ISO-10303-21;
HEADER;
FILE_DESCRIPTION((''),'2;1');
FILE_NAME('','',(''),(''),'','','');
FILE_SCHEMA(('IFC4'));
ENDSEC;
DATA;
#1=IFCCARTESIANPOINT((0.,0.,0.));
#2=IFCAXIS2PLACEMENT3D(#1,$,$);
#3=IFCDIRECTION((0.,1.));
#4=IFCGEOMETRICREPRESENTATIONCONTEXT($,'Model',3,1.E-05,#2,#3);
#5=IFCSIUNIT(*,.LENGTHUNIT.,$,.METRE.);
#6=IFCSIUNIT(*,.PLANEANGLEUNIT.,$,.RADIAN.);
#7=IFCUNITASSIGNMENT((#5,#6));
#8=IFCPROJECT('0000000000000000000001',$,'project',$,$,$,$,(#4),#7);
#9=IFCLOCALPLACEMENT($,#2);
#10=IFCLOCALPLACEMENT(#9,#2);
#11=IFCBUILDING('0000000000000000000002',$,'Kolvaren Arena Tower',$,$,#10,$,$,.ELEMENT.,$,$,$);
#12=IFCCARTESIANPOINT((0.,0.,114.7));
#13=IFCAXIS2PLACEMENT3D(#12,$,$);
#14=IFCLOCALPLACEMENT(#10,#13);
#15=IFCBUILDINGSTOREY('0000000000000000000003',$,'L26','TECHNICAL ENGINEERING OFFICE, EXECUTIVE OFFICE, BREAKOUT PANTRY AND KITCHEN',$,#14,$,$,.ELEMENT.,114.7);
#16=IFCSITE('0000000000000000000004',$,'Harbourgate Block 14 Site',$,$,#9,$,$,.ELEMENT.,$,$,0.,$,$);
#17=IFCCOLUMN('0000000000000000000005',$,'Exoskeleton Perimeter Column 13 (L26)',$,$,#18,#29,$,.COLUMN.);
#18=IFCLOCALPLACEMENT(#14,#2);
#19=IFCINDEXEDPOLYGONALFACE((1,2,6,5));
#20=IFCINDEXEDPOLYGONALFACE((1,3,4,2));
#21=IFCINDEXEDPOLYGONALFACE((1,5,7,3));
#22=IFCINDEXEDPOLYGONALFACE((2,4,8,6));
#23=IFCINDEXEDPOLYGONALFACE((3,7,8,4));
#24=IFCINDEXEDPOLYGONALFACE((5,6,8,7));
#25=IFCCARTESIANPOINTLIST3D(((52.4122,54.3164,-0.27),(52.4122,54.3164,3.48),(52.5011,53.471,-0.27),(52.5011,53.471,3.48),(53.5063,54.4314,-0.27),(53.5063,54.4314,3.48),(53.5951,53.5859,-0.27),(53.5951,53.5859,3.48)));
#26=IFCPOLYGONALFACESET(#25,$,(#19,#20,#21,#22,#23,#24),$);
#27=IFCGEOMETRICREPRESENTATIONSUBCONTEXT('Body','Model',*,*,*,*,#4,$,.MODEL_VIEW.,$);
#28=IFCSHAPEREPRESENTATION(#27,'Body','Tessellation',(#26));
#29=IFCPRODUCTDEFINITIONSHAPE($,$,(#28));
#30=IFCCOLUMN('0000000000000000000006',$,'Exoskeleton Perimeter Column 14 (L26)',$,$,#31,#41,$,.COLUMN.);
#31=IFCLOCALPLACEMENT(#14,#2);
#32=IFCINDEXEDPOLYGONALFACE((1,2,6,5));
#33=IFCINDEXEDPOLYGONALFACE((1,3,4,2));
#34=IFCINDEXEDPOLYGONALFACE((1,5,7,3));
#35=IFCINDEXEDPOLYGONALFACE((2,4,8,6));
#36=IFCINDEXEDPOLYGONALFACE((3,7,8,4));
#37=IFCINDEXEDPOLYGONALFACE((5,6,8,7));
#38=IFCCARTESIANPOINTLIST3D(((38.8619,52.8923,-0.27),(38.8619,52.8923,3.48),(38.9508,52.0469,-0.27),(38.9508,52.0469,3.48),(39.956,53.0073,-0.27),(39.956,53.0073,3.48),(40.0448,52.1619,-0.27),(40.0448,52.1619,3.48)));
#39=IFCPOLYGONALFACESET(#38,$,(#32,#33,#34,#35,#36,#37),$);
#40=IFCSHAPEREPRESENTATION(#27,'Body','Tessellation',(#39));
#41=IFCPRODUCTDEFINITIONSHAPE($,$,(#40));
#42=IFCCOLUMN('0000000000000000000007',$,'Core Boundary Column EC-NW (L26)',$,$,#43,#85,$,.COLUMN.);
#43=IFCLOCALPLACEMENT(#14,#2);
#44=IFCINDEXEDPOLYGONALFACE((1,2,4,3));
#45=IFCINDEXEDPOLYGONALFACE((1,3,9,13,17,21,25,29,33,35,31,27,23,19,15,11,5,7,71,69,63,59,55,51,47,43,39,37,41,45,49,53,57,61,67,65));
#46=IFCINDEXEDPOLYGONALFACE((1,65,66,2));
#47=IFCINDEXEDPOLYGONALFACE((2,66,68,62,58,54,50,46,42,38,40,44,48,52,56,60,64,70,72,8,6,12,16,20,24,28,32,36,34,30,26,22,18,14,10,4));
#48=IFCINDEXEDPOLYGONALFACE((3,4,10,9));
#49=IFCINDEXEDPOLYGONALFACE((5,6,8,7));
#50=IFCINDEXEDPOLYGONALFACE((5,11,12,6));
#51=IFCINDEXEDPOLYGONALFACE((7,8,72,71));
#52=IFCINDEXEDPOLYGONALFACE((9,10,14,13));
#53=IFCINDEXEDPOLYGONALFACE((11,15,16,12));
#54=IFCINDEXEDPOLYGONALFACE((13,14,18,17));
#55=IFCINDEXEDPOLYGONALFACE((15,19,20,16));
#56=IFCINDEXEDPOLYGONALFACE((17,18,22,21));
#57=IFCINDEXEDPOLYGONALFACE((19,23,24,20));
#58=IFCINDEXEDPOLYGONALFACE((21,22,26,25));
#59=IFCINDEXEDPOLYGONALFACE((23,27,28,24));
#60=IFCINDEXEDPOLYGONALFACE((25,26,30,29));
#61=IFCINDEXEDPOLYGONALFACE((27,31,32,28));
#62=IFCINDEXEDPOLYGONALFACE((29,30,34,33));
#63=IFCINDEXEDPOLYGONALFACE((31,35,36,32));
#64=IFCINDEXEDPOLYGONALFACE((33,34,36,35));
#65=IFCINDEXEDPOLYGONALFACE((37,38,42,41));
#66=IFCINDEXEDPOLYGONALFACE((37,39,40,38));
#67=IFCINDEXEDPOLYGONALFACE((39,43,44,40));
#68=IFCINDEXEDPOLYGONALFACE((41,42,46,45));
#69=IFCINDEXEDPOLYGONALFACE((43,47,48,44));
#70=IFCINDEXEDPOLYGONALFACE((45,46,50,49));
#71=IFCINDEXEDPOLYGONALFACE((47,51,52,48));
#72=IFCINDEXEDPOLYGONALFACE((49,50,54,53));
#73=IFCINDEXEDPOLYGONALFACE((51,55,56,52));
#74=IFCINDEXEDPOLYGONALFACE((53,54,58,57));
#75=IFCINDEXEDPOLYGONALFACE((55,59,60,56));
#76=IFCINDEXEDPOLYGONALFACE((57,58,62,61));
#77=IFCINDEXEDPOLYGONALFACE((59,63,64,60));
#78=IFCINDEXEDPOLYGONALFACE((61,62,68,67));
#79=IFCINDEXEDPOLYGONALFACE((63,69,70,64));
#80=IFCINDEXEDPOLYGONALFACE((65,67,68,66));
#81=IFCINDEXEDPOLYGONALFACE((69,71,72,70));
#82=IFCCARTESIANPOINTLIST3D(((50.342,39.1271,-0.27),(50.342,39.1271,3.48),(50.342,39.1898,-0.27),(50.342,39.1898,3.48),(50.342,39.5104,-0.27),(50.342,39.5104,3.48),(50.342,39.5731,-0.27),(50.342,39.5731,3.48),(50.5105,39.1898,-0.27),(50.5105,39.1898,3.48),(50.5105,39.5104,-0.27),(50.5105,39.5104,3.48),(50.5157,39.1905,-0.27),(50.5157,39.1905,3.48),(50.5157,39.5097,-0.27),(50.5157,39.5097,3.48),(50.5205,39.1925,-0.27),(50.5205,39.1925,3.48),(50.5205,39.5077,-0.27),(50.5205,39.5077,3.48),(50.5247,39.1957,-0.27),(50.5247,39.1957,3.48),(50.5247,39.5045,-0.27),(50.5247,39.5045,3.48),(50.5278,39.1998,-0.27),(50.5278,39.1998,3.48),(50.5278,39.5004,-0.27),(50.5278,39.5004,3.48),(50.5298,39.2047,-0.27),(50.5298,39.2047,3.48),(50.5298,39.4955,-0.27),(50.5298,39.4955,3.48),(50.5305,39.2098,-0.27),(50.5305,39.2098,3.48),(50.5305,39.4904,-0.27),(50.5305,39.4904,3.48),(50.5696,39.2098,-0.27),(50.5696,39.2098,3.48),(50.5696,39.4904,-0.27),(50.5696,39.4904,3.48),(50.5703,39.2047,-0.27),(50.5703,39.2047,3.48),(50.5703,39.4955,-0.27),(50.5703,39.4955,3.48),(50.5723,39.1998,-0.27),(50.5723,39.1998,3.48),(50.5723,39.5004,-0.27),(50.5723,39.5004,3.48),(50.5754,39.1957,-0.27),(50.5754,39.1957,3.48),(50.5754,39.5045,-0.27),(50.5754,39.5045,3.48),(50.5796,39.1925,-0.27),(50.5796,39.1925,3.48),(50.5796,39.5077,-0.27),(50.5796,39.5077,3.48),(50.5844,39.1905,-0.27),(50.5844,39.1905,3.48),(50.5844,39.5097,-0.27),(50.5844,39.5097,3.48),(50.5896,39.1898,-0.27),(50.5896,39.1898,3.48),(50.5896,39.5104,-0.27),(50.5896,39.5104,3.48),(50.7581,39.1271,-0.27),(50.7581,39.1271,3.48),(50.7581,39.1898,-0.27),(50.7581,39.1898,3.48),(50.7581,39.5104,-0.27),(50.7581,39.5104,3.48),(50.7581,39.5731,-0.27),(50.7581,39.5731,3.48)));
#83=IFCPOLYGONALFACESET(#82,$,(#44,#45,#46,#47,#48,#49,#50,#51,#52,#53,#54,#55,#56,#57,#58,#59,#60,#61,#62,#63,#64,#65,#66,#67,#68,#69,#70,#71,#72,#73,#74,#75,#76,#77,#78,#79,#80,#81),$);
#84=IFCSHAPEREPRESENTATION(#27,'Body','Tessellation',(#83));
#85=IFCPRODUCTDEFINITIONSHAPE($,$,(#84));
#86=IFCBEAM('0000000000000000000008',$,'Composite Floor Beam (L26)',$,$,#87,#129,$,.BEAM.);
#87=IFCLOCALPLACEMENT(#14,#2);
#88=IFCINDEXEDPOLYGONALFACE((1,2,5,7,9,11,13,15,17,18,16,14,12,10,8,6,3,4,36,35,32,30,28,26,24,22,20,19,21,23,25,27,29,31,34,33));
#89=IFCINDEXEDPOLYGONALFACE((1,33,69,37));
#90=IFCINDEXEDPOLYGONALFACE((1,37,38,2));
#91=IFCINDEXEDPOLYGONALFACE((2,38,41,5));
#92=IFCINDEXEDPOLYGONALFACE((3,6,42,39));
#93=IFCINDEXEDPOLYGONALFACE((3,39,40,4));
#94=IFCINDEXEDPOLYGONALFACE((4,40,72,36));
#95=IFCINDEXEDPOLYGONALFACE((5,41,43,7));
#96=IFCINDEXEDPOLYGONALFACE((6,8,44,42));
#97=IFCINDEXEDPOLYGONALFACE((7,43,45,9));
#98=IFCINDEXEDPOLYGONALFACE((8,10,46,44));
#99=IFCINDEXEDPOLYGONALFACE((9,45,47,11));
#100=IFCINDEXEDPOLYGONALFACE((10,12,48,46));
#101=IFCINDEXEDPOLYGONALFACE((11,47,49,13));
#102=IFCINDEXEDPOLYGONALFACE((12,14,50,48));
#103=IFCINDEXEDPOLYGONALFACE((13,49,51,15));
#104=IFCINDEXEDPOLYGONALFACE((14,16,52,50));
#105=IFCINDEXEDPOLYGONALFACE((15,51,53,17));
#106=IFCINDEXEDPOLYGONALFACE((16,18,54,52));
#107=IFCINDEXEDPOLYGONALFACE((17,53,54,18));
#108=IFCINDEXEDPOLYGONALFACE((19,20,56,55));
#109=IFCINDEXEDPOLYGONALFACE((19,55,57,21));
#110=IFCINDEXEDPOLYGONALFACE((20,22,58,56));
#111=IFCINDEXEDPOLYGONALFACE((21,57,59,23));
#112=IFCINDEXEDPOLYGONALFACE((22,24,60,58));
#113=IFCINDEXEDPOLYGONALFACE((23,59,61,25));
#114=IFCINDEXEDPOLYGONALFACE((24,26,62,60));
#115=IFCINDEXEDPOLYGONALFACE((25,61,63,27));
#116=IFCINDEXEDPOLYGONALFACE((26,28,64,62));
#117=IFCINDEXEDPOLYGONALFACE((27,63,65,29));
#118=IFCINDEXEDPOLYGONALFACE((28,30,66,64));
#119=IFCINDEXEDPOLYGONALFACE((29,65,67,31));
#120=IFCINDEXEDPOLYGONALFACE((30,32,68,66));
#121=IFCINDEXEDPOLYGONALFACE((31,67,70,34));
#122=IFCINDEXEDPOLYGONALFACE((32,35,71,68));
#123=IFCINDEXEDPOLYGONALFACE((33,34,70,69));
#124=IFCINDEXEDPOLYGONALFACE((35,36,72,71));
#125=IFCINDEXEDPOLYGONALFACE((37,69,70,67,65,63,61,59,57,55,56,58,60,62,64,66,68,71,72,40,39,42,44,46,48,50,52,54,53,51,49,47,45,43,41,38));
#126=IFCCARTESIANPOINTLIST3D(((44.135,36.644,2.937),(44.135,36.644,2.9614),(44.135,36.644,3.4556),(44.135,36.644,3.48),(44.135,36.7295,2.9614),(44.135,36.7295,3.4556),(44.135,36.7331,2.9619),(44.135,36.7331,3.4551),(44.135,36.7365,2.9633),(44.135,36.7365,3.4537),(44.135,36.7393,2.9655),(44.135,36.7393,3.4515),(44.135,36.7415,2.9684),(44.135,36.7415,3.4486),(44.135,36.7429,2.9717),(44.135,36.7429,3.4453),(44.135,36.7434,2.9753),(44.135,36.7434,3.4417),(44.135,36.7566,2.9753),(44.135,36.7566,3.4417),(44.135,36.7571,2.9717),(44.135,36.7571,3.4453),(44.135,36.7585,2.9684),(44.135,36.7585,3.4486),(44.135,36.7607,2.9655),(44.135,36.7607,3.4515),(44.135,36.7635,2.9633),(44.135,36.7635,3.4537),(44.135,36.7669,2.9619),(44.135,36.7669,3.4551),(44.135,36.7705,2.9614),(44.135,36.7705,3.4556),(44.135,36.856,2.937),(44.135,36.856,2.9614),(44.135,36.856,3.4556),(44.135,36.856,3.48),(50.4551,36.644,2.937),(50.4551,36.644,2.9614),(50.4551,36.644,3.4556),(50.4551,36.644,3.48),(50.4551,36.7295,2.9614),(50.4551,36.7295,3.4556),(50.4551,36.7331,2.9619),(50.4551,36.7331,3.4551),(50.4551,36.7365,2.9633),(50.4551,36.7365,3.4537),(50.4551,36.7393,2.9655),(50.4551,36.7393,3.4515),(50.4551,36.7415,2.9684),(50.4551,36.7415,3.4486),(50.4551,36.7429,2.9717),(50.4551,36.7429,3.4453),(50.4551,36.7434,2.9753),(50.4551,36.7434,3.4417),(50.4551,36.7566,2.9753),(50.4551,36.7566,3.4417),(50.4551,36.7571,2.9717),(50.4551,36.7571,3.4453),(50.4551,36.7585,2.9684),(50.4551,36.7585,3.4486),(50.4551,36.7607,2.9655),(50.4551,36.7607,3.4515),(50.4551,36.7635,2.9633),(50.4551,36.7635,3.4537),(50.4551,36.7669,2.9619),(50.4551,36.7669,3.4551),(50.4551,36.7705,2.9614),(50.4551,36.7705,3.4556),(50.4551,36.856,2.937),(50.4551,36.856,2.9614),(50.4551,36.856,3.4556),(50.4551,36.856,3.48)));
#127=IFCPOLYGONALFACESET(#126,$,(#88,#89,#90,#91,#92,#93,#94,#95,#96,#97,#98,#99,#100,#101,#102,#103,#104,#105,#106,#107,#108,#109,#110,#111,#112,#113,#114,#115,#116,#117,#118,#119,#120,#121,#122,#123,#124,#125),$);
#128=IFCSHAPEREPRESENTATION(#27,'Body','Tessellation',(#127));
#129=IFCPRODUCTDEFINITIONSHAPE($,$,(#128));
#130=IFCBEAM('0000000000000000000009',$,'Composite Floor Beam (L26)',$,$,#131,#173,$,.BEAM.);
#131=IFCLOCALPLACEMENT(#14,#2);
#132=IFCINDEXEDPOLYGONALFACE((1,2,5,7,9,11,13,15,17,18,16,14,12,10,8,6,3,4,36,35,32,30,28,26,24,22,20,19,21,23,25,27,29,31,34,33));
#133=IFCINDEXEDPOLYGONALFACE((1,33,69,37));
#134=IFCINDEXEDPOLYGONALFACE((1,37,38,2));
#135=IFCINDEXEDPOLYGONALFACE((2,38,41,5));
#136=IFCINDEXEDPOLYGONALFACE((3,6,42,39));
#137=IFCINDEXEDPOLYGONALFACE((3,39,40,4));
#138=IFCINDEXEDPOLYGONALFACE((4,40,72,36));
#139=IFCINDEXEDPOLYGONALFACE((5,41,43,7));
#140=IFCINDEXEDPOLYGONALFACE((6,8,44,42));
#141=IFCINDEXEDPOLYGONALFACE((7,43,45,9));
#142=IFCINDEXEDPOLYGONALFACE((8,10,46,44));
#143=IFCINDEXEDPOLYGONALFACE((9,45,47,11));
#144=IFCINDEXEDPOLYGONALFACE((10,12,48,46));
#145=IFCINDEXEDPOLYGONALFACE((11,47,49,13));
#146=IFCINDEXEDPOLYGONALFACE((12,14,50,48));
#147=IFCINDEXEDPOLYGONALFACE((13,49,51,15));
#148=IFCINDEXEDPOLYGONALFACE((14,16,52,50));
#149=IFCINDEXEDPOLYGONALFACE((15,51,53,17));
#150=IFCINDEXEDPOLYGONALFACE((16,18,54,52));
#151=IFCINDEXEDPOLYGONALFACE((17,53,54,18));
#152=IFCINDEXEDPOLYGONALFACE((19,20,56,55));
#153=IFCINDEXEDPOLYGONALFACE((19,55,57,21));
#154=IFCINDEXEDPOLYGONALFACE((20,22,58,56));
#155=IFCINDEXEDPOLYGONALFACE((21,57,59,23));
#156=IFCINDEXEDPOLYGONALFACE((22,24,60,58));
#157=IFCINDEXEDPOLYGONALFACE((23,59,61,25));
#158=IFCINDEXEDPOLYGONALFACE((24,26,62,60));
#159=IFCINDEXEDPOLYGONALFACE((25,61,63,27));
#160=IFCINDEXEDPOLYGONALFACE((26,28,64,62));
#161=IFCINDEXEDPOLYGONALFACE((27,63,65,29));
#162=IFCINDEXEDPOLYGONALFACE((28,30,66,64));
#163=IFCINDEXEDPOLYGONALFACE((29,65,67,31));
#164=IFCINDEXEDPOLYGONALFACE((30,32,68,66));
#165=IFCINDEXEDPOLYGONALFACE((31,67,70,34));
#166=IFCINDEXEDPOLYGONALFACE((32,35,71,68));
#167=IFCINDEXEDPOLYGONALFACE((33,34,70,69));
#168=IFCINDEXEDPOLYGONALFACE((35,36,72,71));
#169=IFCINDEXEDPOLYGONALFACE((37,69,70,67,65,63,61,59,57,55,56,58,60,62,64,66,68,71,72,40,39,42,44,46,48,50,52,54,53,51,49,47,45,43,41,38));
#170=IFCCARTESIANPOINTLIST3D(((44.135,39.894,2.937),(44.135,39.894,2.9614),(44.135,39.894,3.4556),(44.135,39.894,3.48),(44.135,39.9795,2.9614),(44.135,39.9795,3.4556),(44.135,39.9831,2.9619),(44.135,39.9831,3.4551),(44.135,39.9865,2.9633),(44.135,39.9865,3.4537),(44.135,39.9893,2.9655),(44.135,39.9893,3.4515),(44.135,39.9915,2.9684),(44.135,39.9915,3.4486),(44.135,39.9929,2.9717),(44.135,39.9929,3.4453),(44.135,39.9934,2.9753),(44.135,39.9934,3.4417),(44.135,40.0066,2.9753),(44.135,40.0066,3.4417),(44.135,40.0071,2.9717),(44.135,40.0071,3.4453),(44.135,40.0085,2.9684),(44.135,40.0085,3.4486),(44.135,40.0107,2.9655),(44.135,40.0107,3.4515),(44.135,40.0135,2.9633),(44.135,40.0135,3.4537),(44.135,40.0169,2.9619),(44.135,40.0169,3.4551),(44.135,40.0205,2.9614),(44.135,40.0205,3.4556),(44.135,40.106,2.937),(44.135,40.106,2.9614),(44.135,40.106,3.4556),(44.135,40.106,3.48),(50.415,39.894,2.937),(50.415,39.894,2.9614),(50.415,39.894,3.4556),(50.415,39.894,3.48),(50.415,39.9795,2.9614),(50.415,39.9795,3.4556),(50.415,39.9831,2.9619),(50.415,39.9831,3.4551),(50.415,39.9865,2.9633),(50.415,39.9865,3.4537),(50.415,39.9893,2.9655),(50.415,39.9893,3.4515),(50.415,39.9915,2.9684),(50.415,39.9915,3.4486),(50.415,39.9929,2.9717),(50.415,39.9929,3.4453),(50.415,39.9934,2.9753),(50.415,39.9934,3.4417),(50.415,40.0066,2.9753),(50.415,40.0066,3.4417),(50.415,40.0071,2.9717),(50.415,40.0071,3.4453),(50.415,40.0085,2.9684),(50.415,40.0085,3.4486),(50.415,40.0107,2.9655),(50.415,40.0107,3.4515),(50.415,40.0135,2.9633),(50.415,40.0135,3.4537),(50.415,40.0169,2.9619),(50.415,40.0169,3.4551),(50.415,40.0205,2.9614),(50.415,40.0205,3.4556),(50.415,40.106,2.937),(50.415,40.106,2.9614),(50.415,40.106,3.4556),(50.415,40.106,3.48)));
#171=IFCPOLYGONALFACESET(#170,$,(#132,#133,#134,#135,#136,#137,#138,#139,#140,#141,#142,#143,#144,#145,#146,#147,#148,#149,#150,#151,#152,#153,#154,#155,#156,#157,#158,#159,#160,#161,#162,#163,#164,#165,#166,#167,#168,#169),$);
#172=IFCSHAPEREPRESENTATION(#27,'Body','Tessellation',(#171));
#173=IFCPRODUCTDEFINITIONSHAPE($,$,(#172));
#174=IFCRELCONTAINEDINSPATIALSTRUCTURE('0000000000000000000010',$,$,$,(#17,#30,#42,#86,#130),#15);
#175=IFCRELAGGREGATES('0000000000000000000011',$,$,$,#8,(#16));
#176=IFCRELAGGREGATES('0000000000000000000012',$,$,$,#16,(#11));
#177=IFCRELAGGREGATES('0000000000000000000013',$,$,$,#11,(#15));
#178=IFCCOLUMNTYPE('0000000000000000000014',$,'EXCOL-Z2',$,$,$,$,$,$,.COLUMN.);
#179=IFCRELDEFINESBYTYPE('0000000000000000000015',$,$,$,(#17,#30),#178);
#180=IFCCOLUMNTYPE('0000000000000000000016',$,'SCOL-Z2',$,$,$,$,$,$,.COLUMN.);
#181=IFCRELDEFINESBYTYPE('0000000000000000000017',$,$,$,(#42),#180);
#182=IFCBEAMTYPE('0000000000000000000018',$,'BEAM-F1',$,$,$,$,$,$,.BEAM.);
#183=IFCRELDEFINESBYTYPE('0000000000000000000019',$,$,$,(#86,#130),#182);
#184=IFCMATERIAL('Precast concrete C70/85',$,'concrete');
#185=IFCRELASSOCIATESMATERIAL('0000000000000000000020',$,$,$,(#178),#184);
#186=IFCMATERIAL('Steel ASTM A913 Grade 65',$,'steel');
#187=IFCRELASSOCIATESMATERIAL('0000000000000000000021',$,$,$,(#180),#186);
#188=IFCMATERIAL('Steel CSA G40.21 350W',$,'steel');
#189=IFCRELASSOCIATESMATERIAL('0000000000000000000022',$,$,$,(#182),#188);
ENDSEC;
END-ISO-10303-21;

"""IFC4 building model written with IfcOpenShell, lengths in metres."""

from ifc_helpers import new_model, si_unit, direction, frame, origin, origin_2d, place, context, subcontext, project, spatial, rectangle, i_section, extrude, material, material_profile, profile_set, type_object, element, save


model = new_model("IFC4")

# Units and contexts
model_context = context("Model", 3, precision=1e-05, world=origin(), true_north=direction((0.0, 1.0)))
body_context = subcontext(model_context, "Body", "Model", "MODEL_VIEW")
ifc_project = project(units=[si_unit("LENGTHUNIT", "METRE"), si_unit("PLANEANGLEUNIT", "RADIAN")], contexts=[model_context])

# Site, building, storey
site_placement = place(None, origin())
site = spatial("IfcSite", under=ifc_project, at=site_placement, Name="Harbourgate Block 14 Site", CompositionType="ELEMENT", RefElevation=0.0)
building_placement = place(site_placement, origin())
building = spatial("IfcBuilding", under=site, at=building_placement, Name="Kolvaren Arena Tower", CompositionType="ELEMENT")
storey_placement = place(building_placement, frame((0.0, 0.0, 114.7)))
storey = spatial("IfcBuildingStorey", under=building, at=storey_placement, Name="L26", Description="TECHNICAL ENGINEERING OFFICE, EXECUTIVE OFFICE, BREAKOUT PANTRY AND KITCHEN", CompositionType="ELEMENT", Elevation=114.7)

# Columns
ifc_material_1 = material(Name="Precast concrete C70/85", Category="concrete")
ifc_material_profile_1 = material_profile(ifc_material_1, rectangle(XDim=1.1001, YDim=0.8501, at=origin_2d()), Name="RC-1100x850")
ifc_profile_set_1 = profile_set([ifc_material_profile_1], Name="Precast concrete C70/85")
column_type_1 = type_object("IfcColumnType", Name="EXCOL-Z2", PredefinedType="COLUMN", material=ifc_profile_set_1)
for number, where, z_axis, x_axis, name in (
    (1, (53.0037, 53.9512, -0.27), (0.0, 0.0, 1.0), (0.994522, 0.104528, 0.0), "Exoskeleton Perimeter Column 13 (L26)"),
    (2, (39.4534, 52.5271, -0.27), (0.0, 0.0, 1.0), (0.994522, 0.104528, 0.0), "Exoskeleton Perimeter Column 14 (L26)"),
):
    element("IfcColumn", number, at=place(storey_placement, frame(where, z_axis=z_axis, x_axis=x_axis)), inside=storey, type_object=column_type_1, Name=name, PredefinedType="COLUMN", context=body_context, shape_type="SweptSolid", body=[
        extrude(rectangle(XDim=1.1001, YDim=0.8501, at=origin_2d()), origin(), (0.0, 0.0, 1.0), 3.75),
    ])
ifc_material_2 = material(Name="Steel ASTM A913 Grade 65", Category="steel")
ifc_material_profile_2 = material_profile(ifc_material_2, i_section(OverallWidth=0.416, OverallDepth=0.446, WebThickness=0.0391, FlangeThickness=0.0627, FilletRadius=0.02, at=origin_2d()), Name="W360x509")
ifc_profile_set_2 = profile_set([ifc_material_profile_2], Name="Steel ASTM A913 Grade 65")
column_type_2 = type_object("IfcColumnType", Name="SCOL-Z2", PredefinedType="COLUMN", material=ifc_profile_set_2)
column_placement = place(storey_placement, frame((50.55, 39.3501, -0.27), z_axis=(0.0, 0.0, 1.0), x_axis=(1.0, 0.0, 0.0)))
element("IfcColumn", 3, at=column_placement, inside=storey, type_object=column_type_2, Name="Core Boundary Column EC-NW (L26)", PredefinedType="COLUMN", context=body_context, shape_type="SweptSolid", body=[
    extrude(i_section(OverallWidth=0.416, OverallDepth=0.446, WebThickness=0.0391, FlangeThickness=0.0627, FilletRadius=0.02, at=origin_2d()), origin(), (0.0, 0.0, 1.0), 3.75),
])

# Beams
ifc_material_3 = material(Name="Steel CSA G40.21 350W", Category="steel")
ifc_material_profile_3 = material_profile(ifc_material_3, i_section(OverallWidth=0.2119, OverallDepth=0.543, WebThickness=0.0132, FlangeThickness=0.0244, FilletRadius=0.0139, at=origin_2d()), Name="W530x150")
ifc_profile_set_3 = profile_set([ifc_material_profile_3], Name="Steel CSA G40.21 350W")
beam_type_1 = type_object("IfcBeamType", Name="BEAM-F1", PredefinedType="BEAM", material=ifc_profile_set_3)
beam_1_placement = place(storey_placement, frame((44.135, 36.75, 3.2085), z_axis=(1.0, 0.0, 0.0), x_axis=(0.0, 1.0, 0.0)))
element("IfcBeam", 4, at=beam_1_placement, inside=storey, type_object=beam_type_1, Name="Composite Floor Beam (L26)", PredefinedType="BEAM", context=body_context, shape_type="SweptSolid", body=[
    extrude(i_section(OverallWidth=0.2119, OverallDepth=0.543, WebThickness=0.0132, FlangeThickness=0.0244, FilletRadius=0.0139, at=origin_2d()), origin(), (0.0, 0.0, 1.0), 6.3201),
])
beam_2_placement = place(storey_placement, frame((44.135, 40.0, 3.2085), z_axis=(1.0, 0.0, 0.0), x_axis=(0.0, 1.0, 0.0)))
element("IfcBeam", 5, at=beam_2_placement, inside=storey, type_object=beam_type_1, Name="Composite Floor Beam (L26)", PredefinedType="BEAM", context=body_context, shape_type="SweptSolid", body=[
    extrude(i_section(OverallWidth=0.2119, OverallDepth=0.543, WebThickness=0.0132, FlangeThickness=0.0244, FilletRadius=0.0139, at=origin_2d()), origin(), (0.0, 0.0, 1.0), 6.28),
])

save(model, "model.ifc")
